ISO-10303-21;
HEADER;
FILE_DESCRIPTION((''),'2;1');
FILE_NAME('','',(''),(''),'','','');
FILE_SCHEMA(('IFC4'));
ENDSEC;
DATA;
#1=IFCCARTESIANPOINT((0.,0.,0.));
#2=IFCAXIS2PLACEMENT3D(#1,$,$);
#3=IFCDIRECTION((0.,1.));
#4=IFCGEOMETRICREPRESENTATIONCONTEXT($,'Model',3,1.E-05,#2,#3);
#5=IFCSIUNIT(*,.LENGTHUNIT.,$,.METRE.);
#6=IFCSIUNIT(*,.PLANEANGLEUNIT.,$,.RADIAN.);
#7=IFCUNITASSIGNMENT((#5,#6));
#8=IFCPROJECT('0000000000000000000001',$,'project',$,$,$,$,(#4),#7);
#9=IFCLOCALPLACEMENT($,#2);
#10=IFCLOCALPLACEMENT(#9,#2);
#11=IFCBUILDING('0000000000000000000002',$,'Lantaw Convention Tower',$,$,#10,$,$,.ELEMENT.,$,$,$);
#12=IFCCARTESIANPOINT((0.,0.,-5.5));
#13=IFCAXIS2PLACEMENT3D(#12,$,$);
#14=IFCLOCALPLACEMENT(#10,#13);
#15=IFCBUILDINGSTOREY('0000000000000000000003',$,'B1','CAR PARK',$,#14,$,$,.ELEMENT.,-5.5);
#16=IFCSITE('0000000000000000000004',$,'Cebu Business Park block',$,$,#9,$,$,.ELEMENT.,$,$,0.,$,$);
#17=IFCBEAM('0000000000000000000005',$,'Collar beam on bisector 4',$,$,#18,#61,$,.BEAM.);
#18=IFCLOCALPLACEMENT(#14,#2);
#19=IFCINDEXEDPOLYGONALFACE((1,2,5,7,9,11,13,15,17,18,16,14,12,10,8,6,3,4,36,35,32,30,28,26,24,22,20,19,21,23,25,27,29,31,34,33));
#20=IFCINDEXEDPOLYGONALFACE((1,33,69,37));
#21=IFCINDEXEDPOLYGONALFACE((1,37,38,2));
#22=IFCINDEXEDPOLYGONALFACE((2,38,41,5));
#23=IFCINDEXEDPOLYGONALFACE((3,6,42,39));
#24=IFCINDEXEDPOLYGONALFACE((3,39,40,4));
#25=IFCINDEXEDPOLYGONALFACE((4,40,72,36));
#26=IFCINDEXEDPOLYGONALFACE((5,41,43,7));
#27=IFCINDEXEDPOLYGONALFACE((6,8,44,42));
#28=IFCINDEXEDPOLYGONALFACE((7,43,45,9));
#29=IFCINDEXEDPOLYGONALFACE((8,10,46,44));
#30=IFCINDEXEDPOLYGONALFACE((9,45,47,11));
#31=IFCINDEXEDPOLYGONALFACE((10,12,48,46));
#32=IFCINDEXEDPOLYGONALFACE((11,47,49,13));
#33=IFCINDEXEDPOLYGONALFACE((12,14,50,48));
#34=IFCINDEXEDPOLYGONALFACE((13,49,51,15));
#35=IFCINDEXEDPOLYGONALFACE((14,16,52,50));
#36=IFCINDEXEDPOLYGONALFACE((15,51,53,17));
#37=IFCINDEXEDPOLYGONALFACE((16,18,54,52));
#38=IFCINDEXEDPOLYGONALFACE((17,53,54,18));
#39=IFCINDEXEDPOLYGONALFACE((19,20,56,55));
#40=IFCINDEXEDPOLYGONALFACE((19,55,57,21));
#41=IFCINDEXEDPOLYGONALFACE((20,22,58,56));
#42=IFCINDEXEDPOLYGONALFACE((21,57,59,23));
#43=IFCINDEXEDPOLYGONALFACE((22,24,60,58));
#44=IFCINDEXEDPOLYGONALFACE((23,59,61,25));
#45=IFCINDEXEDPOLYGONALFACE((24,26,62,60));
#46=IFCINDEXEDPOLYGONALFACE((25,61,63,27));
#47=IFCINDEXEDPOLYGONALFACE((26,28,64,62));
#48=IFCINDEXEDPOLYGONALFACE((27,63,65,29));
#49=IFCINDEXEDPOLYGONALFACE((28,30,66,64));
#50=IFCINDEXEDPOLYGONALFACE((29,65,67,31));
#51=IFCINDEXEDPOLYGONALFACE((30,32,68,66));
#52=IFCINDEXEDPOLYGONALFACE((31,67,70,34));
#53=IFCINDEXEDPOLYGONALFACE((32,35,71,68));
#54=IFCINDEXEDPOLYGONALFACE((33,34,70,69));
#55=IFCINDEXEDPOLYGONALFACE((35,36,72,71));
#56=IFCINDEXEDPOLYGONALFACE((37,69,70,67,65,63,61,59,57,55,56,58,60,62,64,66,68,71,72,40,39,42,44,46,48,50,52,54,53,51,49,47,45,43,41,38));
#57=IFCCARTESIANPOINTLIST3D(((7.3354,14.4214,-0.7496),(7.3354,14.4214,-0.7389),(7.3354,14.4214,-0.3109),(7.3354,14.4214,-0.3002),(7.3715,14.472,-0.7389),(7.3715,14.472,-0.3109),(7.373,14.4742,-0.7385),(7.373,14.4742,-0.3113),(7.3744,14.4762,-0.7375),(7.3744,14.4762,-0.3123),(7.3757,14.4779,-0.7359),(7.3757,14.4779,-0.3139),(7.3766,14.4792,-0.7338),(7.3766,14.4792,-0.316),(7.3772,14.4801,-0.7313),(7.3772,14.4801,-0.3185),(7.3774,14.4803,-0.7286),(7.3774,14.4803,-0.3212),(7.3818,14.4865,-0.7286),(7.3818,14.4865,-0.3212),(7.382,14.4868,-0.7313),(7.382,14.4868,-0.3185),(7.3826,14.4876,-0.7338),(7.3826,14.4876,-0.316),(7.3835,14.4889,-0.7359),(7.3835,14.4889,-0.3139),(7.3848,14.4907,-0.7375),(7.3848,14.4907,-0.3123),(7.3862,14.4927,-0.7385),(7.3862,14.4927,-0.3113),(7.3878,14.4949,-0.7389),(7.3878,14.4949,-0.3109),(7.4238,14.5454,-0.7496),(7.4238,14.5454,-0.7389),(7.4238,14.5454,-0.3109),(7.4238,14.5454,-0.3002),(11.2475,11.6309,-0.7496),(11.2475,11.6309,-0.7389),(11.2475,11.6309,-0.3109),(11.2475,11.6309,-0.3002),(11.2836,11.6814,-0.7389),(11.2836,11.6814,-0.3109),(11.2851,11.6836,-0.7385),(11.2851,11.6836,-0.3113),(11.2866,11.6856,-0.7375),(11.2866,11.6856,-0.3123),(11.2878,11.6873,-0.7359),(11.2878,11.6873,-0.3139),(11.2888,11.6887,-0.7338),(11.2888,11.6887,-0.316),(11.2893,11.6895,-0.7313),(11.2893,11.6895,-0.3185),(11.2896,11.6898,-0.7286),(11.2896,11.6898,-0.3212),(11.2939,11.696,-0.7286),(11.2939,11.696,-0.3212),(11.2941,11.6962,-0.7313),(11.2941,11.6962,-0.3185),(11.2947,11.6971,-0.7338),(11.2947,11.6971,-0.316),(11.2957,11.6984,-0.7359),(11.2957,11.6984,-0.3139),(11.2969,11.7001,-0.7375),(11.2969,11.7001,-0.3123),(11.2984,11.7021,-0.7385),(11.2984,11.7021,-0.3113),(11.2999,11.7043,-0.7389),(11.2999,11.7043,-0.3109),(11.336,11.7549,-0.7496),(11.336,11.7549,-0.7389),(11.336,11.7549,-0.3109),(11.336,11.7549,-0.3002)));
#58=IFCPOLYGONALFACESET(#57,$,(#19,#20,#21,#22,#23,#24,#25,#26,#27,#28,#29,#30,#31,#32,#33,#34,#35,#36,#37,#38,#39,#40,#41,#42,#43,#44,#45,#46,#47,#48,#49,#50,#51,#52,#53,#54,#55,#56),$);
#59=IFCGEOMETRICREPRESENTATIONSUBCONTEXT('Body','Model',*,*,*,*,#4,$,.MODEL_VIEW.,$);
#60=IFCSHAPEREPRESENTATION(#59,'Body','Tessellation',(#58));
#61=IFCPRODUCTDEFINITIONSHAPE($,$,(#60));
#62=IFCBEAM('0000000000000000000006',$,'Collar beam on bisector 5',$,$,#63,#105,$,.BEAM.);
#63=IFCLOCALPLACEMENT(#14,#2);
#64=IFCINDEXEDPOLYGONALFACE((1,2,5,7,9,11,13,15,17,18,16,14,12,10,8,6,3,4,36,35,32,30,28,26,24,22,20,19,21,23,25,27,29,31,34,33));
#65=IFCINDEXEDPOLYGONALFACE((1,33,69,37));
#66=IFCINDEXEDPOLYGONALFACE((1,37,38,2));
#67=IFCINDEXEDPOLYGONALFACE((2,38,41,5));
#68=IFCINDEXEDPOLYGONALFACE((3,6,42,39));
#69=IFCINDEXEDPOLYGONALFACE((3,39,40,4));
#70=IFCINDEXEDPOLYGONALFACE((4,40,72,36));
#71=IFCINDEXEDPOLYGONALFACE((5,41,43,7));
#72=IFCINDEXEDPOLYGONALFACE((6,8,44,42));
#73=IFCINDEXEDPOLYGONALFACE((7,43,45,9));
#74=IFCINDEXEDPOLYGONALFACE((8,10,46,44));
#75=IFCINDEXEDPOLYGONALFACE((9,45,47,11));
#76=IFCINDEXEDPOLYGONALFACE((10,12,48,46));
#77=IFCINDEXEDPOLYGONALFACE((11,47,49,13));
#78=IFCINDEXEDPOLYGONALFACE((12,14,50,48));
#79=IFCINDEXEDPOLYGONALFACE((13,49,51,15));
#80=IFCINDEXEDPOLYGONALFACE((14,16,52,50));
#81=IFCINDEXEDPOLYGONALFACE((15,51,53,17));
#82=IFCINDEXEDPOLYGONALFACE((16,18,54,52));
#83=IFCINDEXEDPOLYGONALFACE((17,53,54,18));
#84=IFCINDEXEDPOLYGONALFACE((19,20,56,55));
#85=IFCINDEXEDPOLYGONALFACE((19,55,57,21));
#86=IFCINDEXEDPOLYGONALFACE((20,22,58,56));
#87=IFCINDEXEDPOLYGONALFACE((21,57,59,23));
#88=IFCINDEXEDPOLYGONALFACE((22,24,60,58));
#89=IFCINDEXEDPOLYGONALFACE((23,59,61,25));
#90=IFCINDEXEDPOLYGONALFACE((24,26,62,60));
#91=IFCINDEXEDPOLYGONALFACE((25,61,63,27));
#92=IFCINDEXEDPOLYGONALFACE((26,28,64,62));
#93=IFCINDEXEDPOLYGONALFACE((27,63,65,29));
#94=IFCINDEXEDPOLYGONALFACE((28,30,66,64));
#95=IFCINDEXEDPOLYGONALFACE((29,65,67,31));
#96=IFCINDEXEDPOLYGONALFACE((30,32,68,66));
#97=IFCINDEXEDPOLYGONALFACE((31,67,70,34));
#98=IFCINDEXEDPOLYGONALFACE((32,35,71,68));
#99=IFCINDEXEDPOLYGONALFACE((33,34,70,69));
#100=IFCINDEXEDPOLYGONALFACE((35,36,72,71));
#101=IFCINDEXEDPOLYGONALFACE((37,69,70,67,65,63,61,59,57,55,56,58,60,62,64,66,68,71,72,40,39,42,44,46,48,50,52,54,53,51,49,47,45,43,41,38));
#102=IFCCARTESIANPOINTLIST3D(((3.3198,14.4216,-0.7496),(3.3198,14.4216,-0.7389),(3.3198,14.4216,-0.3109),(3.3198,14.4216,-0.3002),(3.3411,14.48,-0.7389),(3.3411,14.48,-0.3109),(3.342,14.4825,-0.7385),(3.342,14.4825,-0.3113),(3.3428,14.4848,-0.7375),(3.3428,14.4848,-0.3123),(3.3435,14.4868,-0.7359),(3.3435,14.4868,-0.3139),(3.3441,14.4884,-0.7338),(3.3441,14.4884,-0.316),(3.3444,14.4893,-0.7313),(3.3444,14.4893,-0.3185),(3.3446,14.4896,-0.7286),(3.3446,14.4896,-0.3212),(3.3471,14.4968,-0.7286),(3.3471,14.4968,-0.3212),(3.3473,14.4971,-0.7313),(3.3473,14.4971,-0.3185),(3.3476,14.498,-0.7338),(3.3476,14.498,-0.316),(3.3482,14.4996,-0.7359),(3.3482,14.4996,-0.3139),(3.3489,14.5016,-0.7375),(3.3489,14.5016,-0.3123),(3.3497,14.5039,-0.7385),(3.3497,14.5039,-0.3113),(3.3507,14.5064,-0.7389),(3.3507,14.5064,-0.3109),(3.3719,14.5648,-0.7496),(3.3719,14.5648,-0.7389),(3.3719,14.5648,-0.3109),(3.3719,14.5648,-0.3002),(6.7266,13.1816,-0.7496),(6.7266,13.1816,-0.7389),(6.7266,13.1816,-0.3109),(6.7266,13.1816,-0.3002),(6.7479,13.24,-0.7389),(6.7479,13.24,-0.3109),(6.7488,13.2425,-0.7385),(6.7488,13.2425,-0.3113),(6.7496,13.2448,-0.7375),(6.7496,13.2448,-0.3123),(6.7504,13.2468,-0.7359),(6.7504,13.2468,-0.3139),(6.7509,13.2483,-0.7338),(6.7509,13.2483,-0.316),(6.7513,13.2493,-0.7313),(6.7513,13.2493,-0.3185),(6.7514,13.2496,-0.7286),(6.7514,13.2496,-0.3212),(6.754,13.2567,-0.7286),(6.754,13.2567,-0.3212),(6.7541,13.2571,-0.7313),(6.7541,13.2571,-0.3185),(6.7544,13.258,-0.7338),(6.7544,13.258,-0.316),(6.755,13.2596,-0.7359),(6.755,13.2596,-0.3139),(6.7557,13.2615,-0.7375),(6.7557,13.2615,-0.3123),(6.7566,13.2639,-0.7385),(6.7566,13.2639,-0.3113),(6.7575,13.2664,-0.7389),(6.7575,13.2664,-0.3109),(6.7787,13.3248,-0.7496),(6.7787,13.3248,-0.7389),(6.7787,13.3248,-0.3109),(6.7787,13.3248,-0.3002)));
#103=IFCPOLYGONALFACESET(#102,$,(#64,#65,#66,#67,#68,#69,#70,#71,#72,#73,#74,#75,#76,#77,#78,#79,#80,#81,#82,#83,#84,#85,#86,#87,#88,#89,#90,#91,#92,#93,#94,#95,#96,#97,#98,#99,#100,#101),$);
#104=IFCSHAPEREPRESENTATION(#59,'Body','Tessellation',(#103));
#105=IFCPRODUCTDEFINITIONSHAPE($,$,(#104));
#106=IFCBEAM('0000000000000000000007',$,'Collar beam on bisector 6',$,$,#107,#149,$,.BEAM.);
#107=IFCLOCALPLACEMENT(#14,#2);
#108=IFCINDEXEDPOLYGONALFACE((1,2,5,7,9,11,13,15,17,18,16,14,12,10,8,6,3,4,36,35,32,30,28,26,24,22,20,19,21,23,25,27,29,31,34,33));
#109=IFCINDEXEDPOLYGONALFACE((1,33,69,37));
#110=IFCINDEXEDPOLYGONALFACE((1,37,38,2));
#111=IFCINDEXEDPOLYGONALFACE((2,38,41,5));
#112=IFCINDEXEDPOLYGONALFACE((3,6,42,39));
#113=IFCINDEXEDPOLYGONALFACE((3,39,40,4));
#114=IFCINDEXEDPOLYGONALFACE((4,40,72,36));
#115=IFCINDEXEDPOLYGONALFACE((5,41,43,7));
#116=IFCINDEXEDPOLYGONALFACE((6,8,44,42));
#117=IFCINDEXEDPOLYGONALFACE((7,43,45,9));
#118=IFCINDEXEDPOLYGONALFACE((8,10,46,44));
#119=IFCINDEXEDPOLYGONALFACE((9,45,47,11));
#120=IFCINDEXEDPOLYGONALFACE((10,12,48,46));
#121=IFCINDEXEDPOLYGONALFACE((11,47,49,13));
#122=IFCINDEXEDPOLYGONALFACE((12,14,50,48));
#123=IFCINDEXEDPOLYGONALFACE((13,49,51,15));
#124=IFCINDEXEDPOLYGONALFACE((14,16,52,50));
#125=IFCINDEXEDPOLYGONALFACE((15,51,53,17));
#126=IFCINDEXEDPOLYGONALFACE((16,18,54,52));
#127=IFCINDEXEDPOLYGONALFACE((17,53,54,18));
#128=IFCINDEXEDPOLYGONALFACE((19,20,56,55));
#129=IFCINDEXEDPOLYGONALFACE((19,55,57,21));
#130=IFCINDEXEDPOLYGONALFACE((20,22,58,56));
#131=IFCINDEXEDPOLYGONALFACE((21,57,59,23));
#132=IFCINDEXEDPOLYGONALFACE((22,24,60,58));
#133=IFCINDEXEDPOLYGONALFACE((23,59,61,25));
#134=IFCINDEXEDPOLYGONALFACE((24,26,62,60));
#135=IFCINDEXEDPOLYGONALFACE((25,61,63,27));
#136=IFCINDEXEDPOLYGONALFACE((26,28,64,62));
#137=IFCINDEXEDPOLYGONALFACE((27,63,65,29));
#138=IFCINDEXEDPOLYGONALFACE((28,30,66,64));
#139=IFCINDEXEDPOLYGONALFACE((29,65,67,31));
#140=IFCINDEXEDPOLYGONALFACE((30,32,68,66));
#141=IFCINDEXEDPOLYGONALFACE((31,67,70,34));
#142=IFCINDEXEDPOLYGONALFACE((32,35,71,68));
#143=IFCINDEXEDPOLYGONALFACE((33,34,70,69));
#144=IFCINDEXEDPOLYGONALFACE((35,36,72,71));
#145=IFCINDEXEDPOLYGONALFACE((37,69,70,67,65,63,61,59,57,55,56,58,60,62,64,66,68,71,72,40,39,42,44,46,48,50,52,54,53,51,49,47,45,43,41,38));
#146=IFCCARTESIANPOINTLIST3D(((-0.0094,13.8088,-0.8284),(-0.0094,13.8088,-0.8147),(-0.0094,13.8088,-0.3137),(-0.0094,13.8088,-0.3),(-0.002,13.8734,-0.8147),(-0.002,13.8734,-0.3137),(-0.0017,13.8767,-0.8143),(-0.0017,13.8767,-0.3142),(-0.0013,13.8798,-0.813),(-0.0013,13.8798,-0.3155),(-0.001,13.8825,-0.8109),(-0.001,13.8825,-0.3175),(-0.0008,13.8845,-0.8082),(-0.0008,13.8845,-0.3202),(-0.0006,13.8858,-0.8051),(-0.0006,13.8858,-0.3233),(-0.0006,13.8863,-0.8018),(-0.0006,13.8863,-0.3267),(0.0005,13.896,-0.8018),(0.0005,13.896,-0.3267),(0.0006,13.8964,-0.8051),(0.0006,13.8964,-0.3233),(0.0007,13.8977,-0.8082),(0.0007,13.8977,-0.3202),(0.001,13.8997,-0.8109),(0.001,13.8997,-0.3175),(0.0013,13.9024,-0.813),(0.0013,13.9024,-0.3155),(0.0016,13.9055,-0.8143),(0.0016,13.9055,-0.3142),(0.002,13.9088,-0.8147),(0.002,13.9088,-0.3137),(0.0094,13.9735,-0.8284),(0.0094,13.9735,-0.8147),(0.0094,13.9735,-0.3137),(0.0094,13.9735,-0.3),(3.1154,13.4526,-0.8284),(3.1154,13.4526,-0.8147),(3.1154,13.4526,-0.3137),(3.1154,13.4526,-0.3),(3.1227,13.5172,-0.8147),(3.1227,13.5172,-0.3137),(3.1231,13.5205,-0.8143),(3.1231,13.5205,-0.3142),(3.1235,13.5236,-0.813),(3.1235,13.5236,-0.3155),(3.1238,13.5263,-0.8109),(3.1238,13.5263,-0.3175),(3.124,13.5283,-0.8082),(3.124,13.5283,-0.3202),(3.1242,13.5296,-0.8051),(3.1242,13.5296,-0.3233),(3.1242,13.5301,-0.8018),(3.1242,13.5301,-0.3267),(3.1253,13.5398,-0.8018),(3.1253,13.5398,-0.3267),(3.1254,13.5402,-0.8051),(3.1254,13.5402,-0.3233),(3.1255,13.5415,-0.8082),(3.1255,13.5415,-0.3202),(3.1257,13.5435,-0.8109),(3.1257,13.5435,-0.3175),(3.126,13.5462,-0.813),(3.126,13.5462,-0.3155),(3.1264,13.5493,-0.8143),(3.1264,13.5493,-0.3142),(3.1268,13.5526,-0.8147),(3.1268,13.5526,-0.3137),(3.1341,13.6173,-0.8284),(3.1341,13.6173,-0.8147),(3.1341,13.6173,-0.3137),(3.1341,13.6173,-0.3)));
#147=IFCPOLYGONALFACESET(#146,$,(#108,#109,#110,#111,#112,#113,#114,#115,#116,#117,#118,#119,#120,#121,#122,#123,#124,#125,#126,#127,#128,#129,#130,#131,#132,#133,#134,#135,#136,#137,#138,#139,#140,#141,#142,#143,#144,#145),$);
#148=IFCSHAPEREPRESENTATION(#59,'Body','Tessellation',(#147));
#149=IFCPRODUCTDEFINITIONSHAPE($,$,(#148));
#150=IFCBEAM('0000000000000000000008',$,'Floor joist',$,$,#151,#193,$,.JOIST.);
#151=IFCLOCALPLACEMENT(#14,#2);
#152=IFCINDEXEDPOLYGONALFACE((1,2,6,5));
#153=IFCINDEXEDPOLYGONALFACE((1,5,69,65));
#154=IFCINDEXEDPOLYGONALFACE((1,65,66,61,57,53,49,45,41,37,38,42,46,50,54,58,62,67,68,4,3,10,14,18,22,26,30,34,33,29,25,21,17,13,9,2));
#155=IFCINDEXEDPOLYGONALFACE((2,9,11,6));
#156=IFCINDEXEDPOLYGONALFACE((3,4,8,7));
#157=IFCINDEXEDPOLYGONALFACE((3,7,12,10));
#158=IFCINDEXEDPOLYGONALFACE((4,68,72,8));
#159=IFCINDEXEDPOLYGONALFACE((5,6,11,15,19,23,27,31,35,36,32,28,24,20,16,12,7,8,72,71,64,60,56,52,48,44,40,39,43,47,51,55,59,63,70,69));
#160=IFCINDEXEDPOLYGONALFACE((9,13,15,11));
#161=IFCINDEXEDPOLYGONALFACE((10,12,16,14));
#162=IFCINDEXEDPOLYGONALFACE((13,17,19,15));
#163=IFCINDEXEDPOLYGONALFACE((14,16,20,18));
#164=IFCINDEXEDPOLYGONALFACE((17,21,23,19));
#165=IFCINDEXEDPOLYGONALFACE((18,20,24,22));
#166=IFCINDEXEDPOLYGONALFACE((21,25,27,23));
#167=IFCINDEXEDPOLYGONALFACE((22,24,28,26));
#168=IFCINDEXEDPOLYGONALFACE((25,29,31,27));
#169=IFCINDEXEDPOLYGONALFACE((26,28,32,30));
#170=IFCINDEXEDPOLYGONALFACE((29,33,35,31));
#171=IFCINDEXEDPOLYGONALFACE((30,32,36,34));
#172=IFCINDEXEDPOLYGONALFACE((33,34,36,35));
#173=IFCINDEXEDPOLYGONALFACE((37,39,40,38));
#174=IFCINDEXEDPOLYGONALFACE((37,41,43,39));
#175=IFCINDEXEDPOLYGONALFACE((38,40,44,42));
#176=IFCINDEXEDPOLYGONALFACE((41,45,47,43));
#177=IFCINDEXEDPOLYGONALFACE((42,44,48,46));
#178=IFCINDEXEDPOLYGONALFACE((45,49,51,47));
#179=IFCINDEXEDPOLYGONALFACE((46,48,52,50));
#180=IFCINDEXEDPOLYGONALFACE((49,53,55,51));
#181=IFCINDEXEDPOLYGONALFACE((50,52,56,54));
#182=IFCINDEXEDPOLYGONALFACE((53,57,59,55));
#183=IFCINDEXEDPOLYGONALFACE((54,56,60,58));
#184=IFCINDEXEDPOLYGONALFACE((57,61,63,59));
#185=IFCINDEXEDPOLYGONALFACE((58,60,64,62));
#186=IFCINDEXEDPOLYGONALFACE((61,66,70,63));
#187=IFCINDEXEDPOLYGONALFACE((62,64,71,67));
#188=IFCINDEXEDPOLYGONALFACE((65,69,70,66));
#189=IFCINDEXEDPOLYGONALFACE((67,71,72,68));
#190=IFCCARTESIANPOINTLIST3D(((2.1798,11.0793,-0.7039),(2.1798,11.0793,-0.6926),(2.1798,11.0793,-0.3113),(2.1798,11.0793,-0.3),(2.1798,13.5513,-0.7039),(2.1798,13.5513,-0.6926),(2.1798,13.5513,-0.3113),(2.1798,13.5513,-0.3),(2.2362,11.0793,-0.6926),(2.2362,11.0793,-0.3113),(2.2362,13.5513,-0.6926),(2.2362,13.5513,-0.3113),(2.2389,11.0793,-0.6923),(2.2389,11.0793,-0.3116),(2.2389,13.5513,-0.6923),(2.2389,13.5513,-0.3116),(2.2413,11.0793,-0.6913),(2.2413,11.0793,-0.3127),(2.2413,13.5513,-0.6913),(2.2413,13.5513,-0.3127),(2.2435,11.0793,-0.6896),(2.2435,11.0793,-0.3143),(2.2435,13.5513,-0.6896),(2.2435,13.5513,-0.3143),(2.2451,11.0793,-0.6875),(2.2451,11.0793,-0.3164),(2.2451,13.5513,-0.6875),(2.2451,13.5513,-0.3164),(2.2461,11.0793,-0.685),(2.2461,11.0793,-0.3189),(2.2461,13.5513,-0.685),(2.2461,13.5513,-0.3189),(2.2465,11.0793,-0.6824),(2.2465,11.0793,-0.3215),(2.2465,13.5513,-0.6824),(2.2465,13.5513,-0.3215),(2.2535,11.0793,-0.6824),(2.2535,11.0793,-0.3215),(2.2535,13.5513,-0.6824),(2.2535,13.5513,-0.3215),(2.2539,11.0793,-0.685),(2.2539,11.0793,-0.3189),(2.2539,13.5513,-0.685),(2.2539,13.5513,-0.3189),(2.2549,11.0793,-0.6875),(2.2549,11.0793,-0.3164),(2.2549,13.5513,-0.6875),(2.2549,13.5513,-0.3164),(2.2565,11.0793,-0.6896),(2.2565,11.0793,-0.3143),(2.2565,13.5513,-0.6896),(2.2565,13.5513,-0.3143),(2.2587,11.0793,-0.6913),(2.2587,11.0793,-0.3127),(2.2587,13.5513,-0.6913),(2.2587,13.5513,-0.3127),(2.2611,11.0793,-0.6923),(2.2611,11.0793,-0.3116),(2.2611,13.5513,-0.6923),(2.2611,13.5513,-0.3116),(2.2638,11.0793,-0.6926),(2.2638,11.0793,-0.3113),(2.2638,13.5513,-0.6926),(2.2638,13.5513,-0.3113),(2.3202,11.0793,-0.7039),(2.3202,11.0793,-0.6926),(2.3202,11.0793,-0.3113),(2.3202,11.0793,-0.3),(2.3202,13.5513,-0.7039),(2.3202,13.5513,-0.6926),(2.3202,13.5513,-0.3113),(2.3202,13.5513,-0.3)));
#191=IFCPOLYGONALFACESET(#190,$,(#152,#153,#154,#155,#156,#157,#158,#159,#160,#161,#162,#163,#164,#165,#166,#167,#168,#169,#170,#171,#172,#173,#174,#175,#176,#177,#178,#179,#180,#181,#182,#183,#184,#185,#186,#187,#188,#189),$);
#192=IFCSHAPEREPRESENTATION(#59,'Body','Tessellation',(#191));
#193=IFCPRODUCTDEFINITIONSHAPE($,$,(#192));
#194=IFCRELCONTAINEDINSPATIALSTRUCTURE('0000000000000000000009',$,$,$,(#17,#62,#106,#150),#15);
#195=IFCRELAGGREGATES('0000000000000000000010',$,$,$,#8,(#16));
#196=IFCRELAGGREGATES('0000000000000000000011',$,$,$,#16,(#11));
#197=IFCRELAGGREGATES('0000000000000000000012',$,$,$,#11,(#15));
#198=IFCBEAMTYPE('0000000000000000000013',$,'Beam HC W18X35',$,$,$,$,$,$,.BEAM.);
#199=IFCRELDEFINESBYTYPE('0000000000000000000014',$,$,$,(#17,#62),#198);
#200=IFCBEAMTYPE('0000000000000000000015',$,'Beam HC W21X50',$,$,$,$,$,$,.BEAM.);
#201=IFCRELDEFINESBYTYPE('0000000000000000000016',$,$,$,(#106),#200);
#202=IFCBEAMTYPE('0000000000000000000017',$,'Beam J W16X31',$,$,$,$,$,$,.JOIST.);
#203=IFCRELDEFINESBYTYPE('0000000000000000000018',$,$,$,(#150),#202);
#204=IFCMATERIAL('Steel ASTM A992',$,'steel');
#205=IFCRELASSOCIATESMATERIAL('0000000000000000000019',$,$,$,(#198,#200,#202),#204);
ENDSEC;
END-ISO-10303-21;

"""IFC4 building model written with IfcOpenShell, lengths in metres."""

from ifc_helpers import new_model, si_unit, direction, frame, origin, origin_2d, place, context, subcontext, project, spatial, i_section, extrude, material, material_profile, profile_set, type_object, element, save


model = new_model("IFC4")

# Units and contexts
model_context = context("Model", 3, precision=1e-05, world=origin(), true_north=direction((0.0, 1.0)))
body_context = subcontext(model_context, "Body", "Model", "MODEL_VIEW")
ifc_project = project(units=[si_unit("LENGTHUNIT", "METRE"), si_unit("PLANEANGLEUNIT", "RADIAN")], contexts=[model_context])

# Site, building, storey
site_placement = place(None, origin())
site = spatial("IfcSite", under=ifc_project, at=site_placement, Name="Cebu Business Park block", CompositionType="ELEMENT", RefElevation=0.0)
building_placement = place(site_placement, origin())
building = spatial("IfcBuilding", under=site, at=building_placement, Name="Lantaw Convention Tower", CompositionType="ELEMENT")
storey_placement = place(building_placement, frame((0.0, 0.0, -5.5)))
storey = spatial("IfcBuildingStorey", under=building, at=storey_placement, Name="B1", Description="CAR PARK", CompositionType="ELEMENT", Elevation=-5.5)

# Beams
ifc_material_1 = material(Name="Steel ASTM A992", Category="steel")
ifc_material_profile_1 = material_profile(ifc_material_1, i_section(OverallWidth=0.1523, OverallDepth=0.4495, WebThickness=0.0076, FlangeThickness=0.0107, FilletRadius=0.0103, at=origin_2d()), Name="W18X35")
ifc_profile_set_1 = profile_set([ifc_material_profile_1], Name="Steel ASTM A992")
beam_type_1 = type_object("IfcBeamType", Name="Beam HC W18X35", PredefinedType="BEAM", material=ifc_profile_set_1)
beam_1_placement = place(storey_placement, frame((11.2917, 11.6929, -0.5249), z_axis=(-0.814111, 0.580709, 0.0), x_axis=(-0.580709, -0.814111, 0.0)))
element("IfcBeam", 1, at=beam_1_placement, inside=storey, type_object=beam_type_1, Name="Collar beam on bisector 4", PredefinedType="BEAM", context=body_context, shape_type="SweptSolid", body=[
    extrude(i_section(OverallWidth=0.1523, OverallDepth=0.4495, WebThickness=0.0076, FlangeThickness=0.0107, FilletRadius=0.0103, at=origin_2d()), origin(), (0.0, 0.0, 1.0), 4.8054),
])
beam_2_placement = place(storey_placement, frame((6.7527, 13.2532, -0.5249), z_axis=(-0.939689, 0.34203, 0.0), x_axis=(-0.34203, -0.939689, 0.0)))
element("IfcBeam", 2, at=beam_2_placement, inside=storey, type_object=beam_type_1, Name="Collar beam on bisector 5", PredefinedType="BEAM", context=body_context, shape_type="SweptSolid", body=[
    extrude(i_section(OverallWidth=0.1523, OverallDepth=0.4495, WebThickness=0.0076, FlangeThickness=0.0107, FilletRadius=0.0103, at=origin_2d()), origin(), (0.0, 0.0, 1.0), 3.6255),
])
ifc_material_profile_2 = material_profile(ifc_material_1, i_section(OverallWidth=0.1658, OverallDepth=0.5283, WebThickness=0.0098, FlangeThickness=0.0137, FilletRadius=0.0129, at=origin_2d()), Name="W21X50")
ifc_profile_set_2 = profile_set([ifc_material_profile_2], Name="Steel ASTM A992")
beam_type_2 = type_object("IfcBeamType", Name="Beam HC W21X50", PredefinedType="BEAM", material=ifc_profile_set_2)
beam_3_placement = place(storey_placement, frame((3.1248, 13.5349, -0.5642), z_axis=(-0.993565, 0.11326, 0.0), x_axis=(-0.11326, -0.993565, 0.0)))
element("IfcBeam", 3, at=beam_3_placement, inside=storey, type_object=beam_type_2, Name="Collar beam on bisector 6", PredefinedType="BEAM", context=body_context, shape_type="SweptSolid", body=[
    extrude(i_section(OverallWidth=0.1658, OverallDepth=0.5283, WebThickness=0.0098, FlangeThickness=0.0137, FilletRadius=0.0129, at=origin_2d()), origin(), (0.0, 0.0, 1.0), 3.145),
])
ifc_material_profile_3 = material_profile(ifc_material_1, i_section(OverallWidth=0.1404, OverallDepth=0.4038, WebThickness=0.0071, FlangeThickness=0.0112, FilletRadius=0.0103, at=origin_2d()), Name="W16X31")
ifc_profile_set_3 = profile_set([ifc_material_profile_3], Name="Steel ASTM A992")
beam_type_3 = type_object("IfcBeamType", Name="Beam J W16X31", PredefinedType="JOIST", material=ifc_profile_set_3)
beam_4_placement = place(storey_placement, frame((2.25, 11.0793, -0.502), z_axis=(0.0, 1.0, 0.0), x_axis=(-1.0, 0.0, 0.0)))
element("IfcBeam", 4, at=beam_4_placement, inside=storey, type_object=beam_type_3, Name="Floor joist", PredefinedType="JOIST", context=body_context, shape_type="SweptSolid", body=[
    extrude(i_section(OverallWidth=0.1404, OverallDepth=0.4038, WebThickness=0.0071, FlangeThickness=0.0112, FilletRadius=0.0103, at=origin_2d()), origin(), (0.0, 0.0, 1.0), 2.4719),
])

save(model, "model.ifc")
